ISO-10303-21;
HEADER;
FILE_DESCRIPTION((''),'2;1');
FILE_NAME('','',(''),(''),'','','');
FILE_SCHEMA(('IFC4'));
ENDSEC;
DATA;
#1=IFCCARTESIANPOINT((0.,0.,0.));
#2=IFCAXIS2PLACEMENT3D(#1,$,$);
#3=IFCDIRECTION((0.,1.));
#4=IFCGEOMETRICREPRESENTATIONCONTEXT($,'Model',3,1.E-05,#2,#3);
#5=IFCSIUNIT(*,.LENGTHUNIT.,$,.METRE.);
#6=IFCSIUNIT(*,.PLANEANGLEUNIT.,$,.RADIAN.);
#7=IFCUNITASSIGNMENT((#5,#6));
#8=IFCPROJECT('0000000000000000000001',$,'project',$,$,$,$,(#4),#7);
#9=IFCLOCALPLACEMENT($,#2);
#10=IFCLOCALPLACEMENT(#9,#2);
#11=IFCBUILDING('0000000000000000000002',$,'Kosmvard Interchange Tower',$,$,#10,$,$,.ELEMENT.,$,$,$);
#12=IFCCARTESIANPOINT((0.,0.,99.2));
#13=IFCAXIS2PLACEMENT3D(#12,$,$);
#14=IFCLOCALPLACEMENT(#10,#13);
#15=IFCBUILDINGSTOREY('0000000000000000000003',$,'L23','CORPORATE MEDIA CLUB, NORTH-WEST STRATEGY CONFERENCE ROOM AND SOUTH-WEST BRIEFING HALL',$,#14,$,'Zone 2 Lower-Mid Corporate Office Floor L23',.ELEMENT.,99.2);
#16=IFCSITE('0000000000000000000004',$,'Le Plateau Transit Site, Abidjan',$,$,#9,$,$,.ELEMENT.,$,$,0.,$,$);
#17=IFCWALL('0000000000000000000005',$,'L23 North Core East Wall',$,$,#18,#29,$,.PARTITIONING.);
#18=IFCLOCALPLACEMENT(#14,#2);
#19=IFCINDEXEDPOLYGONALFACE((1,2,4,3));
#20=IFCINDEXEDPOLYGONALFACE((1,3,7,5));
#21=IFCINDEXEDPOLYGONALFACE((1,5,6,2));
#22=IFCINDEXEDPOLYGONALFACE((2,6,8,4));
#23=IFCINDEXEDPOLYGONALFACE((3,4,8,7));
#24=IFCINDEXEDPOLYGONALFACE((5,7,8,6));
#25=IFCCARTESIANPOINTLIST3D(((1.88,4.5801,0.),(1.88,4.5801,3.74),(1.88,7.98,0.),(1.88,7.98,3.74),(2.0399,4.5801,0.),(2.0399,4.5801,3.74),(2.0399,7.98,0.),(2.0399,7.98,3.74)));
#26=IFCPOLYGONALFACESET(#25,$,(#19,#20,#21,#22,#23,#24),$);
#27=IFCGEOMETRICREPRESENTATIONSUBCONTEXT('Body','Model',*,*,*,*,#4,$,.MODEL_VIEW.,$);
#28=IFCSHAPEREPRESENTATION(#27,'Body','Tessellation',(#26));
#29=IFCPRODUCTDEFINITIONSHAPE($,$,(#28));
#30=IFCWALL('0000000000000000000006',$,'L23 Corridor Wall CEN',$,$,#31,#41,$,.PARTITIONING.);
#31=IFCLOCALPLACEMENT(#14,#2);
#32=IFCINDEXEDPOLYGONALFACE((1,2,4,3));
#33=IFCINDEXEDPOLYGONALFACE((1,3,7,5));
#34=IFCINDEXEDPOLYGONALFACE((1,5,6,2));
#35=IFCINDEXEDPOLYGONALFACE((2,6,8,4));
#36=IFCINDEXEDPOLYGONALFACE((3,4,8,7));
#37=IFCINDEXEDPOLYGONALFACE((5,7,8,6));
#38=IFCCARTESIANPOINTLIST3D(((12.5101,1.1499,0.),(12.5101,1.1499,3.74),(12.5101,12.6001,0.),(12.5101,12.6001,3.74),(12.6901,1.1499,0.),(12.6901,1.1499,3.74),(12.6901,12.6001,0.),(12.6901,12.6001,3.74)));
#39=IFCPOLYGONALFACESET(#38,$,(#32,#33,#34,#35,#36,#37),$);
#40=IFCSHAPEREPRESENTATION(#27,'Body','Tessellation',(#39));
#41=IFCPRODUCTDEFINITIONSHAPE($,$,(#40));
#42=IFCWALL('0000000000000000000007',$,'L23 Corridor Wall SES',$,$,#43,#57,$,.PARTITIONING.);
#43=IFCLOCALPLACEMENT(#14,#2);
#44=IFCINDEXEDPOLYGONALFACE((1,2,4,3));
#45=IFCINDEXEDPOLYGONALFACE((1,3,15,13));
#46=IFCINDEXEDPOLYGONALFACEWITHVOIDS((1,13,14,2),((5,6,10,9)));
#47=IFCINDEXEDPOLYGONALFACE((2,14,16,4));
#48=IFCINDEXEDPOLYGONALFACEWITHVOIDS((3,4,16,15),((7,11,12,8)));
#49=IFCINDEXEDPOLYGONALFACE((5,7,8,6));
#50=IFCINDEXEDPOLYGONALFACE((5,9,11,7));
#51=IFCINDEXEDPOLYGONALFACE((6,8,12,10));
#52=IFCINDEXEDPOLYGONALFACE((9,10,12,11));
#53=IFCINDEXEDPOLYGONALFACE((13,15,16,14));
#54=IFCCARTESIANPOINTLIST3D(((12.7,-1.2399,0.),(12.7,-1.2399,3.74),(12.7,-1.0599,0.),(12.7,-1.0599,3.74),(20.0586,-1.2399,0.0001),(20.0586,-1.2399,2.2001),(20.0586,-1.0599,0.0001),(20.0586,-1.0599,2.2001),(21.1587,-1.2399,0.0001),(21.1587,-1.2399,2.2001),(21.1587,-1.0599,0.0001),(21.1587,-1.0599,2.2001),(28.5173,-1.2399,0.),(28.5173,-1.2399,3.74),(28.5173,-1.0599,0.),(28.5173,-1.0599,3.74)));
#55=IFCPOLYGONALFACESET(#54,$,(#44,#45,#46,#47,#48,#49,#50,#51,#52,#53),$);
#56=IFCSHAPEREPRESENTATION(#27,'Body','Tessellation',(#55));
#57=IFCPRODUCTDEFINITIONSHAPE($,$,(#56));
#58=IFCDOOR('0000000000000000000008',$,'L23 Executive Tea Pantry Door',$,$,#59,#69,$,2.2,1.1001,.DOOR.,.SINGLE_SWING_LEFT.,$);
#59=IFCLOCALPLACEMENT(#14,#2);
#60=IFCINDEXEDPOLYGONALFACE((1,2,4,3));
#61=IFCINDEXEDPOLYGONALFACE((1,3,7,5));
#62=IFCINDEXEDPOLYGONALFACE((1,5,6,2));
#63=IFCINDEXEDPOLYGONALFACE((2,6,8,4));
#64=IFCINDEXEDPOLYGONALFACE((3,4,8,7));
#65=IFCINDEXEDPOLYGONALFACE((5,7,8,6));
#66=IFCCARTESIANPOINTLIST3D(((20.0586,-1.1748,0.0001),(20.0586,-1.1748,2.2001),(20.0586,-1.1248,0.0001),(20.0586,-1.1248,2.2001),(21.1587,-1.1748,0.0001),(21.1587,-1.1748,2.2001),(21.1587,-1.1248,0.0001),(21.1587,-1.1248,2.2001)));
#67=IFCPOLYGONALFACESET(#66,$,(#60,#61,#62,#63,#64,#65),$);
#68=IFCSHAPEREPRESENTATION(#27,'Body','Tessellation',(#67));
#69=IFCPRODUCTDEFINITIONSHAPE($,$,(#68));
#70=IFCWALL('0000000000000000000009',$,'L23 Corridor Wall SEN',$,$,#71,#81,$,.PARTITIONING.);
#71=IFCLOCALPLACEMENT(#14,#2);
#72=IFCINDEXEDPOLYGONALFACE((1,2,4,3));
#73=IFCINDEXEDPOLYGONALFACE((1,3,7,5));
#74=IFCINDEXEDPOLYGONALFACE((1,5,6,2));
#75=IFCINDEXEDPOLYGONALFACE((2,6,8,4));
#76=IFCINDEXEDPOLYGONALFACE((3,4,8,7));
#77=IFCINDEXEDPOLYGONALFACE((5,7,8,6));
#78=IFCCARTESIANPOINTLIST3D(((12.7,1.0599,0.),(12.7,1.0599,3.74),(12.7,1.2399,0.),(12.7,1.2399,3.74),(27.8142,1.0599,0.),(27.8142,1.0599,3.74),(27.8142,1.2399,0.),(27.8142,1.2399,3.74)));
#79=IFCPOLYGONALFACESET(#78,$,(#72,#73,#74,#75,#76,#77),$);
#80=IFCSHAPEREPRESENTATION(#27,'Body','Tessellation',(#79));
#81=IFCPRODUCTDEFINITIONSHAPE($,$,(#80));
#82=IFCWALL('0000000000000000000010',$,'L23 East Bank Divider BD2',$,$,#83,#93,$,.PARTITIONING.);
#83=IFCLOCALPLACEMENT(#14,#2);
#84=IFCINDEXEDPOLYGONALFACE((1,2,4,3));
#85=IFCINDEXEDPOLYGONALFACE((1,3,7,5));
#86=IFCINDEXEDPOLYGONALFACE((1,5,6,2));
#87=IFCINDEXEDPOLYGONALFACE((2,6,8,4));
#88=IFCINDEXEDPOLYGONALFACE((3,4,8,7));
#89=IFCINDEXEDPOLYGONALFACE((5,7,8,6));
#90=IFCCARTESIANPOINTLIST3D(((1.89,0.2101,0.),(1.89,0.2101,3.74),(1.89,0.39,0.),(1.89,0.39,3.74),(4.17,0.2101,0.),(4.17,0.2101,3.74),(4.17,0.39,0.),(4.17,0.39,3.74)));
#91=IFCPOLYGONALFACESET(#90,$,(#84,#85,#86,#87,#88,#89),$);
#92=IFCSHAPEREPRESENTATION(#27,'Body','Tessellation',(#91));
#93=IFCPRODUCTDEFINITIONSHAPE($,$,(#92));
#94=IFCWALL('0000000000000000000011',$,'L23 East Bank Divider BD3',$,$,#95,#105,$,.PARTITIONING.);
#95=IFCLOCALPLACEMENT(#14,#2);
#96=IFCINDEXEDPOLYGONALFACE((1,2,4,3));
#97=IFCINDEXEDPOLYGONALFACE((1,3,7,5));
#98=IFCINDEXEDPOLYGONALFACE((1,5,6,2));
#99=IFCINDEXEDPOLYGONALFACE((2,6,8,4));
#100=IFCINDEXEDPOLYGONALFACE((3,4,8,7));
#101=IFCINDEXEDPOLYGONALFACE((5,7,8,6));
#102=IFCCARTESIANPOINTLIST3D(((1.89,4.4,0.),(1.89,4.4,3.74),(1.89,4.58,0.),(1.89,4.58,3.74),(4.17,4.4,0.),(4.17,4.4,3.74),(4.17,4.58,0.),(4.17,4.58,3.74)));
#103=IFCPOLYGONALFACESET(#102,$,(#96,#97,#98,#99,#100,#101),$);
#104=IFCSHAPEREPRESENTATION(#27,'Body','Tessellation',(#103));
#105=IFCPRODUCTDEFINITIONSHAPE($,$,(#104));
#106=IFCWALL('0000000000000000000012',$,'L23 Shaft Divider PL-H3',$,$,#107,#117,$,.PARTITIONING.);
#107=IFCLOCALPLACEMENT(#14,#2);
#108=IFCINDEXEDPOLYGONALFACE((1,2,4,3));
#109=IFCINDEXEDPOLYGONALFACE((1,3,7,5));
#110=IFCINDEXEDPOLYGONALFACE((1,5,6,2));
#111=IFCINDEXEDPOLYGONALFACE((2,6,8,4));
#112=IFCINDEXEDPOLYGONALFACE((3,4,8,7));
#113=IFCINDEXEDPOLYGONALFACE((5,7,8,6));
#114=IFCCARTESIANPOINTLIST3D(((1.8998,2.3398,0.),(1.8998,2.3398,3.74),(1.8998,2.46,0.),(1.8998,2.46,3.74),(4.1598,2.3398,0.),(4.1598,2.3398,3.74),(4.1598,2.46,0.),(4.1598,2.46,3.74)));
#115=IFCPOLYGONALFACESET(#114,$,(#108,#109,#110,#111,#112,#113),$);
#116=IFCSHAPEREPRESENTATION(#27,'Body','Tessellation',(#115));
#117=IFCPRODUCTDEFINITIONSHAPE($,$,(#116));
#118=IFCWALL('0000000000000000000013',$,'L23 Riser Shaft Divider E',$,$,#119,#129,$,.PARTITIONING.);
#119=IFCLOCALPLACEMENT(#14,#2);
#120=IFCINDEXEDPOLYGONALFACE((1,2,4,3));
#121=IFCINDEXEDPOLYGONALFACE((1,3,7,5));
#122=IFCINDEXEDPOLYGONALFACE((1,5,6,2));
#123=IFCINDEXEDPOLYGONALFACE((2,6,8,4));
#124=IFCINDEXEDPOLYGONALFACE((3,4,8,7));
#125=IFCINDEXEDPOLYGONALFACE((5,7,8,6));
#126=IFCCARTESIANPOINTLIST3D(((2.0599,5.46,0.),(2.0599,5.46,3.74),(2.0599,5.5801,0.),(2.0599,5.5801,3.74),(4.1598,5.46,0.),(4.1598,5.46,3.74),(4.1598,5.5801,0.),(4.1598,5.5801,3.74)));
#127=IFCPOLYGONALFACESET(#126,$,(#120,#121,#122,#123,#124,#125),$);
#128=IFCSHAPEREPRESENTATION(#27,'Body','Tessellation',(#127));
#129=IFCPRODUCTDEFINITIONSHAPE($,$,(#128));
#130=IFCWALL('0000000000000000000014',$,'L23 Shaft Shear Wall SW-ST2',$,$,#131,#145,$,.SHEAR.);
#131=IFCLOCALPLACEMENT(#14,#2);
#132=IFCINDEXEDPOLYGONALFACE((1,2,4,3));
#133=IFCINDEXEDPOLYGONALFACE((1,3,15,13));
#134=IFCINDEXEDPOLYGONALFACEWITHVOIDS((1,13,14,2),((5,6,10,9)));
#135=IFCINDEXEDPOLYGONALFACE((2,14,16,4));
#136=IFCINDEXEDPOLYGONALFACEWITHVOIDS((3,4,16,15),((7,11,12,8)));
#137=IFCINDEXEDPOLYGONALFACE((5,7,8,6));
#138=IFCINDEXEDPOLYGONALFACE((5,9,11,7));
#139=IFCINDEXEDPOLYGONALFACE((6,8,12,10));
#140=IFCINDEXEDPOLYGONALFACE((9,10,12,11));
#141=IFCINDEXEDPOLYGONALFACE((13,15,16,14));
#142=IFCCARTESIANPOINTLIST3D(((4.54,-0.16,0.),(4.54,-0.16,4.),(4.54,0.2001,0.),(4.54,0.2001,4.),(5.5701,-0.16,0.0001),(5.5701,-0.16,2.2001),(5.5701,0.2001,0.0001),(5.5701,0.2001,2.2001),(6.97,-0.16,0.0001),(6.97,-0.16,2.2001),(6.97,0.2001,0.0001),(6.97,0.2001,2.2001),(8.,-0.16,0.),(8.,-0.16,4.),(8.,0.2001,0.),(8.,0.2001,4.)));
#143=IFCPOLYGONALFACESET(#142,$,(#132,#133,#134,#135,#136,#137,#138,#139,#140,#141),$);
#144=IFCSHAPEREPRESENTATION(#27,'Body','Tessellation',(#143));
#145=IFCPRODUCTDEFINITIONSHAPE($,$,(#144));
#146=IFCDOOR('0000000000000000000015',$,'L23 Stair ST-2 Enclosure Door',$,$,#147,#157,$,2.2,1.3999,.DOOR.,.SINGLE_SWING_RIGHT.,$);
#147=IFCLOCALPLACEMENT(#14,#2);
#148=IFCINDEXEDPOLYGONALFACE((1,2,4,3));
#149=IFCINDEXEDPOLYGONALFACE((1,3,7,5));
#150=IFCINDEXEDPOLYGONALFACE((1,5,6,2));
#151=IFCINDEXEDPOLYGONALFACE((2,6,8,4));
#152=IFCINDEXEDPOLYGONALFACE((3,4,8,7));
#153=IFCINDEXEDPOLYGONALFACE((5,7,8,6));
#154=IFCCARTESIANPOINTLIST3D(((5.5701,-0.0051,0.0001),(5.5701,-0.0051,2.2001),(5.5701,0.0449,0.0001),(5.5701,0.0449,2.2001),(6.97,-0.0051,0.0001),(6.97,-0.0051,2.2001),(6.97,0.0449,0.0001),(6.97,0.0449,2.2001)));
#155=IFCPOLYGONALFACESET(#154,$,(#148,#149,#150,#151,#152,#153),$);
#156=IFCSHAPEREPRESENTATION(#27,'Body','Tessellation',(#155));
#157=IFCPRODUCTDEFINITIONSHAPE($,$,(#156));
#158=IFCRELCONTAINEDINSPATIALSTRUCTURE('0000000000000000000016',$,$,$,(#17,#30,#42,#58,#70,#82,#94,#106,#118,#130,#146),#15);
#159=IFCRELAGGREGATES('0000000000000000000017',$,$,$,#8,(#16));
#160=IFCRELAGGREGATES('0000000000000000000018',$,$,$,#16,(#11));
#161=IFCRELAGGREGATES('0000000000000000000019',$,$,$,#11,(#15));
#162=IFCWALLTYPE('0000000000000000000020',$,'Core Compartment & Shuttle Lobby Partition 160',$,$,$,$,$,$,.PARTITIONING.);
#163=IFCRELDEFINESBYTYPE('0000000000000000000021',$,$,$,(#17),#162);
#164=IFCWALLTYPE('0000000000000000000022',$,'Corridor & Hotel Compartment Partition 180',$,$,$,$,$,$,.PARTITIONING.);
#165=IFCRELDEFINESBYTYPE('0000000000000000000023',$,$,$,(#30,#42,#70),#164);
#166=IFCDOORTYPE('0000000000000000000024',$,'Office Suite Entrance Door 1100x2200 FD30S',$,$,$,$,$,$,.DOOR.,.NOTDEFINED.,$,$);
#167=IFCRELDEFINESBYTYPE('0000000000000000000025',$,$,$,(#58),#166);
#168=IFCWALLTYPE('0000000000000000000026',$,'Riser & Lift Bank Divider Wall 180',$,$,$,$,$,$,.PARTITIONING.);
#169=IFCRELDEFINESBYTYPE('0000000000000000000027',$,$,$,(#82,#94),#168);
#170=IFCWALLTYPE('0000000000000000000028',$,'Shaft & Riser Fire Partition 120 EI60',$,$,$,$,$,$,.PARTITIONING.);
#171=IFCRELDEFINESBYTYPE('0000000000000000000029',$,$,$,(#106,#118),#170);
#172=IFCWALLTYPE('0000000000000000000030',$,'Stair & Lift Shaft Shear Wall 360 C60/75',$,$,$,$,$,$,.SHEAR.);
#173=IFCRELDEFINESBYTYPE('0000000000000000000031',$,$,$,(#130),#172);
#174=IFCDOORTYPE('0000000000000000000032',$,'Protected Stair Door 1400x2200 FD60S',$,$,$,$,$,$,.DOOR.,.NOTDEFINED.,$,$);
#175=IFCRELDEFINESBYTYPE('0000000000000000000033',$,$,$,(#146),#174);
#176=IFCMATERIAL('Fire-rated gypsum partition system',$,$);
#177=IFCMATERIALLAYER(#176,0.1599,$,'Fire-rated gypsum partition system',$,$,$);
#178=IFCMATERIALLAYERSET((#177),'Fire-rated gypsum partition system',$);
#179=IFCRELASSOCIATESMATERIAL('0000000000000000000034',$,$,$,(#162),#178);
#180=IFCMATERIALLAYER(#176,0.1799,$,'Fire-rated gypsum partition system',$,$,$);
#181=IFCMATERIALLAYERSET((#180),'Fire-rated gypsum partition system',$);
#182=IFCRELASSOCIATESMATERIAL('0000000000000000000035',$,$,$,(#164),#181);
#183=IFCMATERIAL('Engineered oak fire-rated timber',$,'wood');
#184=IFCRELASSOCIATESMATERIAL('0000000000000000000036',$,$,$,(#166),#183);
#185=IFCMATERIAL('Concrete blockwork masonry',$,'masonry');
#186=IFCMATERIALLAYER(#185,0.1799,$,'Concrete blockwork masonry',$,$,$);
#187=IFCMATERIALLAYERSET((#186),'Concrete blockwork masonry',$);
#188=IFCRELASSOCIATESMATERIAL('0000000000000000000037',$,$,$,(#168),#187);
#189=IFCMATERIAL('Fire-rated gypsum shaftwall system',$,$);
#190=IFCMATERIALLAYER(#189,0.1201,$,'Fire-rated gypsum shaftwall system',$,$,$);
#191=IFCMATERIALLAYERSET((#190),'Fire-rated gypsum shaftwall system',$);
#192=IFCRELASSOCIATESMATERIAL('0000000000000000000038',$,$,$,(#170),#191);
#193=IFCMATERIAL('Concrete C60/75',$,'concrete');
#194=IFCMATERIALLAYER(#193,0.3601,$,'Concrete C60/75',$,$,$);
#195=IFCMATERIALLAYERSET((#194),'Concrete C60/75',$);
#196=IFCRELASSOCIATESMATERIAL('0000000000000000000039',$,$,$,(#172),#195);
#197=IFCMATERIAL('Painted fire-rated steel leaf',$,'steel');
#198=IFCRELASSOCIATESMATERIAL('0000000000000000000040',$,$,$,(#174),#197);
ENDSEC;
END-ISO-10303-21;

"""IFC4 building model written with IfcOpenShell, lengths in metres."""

from ifc_helpers import new_model, si_unit, direction, frame, frame_2d, origin, place, context, subcontext, project, spatial, rectangle, extrude, source, transform, mapped, material, layer, layer_set, type_object, element, fill, save


model = new_model("IFC4")

# Units and contexts
model_context = context("Model", 3, precision=1e-05, world=origin(), true_north=direction((0.0, 1.0)))
body_context = subcontext(model_context, "Body", "Model", "MODEL_VIEW")
ifc_project = project(units=[si_unit("LENGTHUNIT", "METRE"), si_unit("PLANEANGLEUNIT", "RADIAN")], contexts=[model_context])

# Site, building, storey
site_placement = place(None, origin())
site = spatial("IfcSite", under=ifc_project, at=site_placement, Name="Le Plateau Transit Site, Abidjan", CompositionType="ELEMENT", RefElevation=0.0)
building_placement = place(site_placement, origin())
building = spatial("IfcBuilding", under=site, at=building_placement, Name="Kosmvard Interchange Tower", CompositionType="ELEMENT")
storey_placement = place(building_placement, frame((0.0, 0.0, 99.2)))
storey = spatial("IfcBuildingStorey", under=building, at=storey_placement, Name="L23", Description="CORPORATE MEDIA CLUB, NORTH-WEST STRATEGY CONFERENCE ROOM AND SOUTH-WEST BRIEFING HALL", LongName="Zone 2 Lower-Mid Corporate Office Floor L23", CompositionType="ELEMENT", Elevation=99.2)

# Shared definitions
ifc_material_1 = material(Name="Concrete C60/75", Category="concrete")

# Walls
ifc_material_2 = material(Name="Fire-rated gypsum partition system")
ifc_layer_1 = layer(ifc_material_2, 0.1599, Name="Fire-rated gypsum partition system")
ifc_layer_set_1 = layer_set([ifc_layer_1], Name="Fire-rated gypsum partition system")
wall_type_1 = type_object("IfcWallType", Name="Core Compartment & Shuttle Lobby Partition 160", PredefinedType="PARTITIONING", material=ifc_layer_set_1)
wall_1_placement = place(storey_placement, frame((1.96, 4.5801, 0.0), z_axis=(0.0, 0.0, 1.0), x_axis=(0.0, 1.0, 0.0)))
element("IfcWall", 1, at=wall_1_placement, inside=storey, type_object=wall_type_1, Name="L23 North Core East Wall", PredefinedType="PARTITIONING", context=body_context, shape_type="SweptSolid", body=[
    extrude(rectangle(XDim=3.3999, YDim=0.1599, at=frame_2d((1.7, 0.0))), origin(), (0.0, 0.0, 1.0), 3.74),
])
ifc_layer_2 = layer(ifc_material_2, 0.1799, Name="Fire-rated gypsum partition system")
ifc_layer_set_2 = layer_set([ifc_layer_2], Name="Fire-rated gypsum partition system")
wall_type_2 = type_object("IfcWallType", Name="Corridor & Hotel Compartment Partition 180", PredefinedType="PARTITIONING", material=ifc_layer_set_2)
wall_2_placement = place(storey_placement, frame((12.6001, 1.1499, 0.0), z_axis=(0.0, 0.0, 1.0), x_axis=(0.0, 1.0, 0.0)))
element("IfcWall", 2, at=wall_2_placement, inside=storey, type_object=wall_type_2, Name="L23 Corridor Wall CEN", PredefinedType="PARTITIONING", context=body_context, shape_type="SweptSolid", body=[
    extrude(rectangle(XDim=11.4502, YDim=0.1799, at=frame_2d((5.7251, 0.0))), origin(), (0.0, 0.0, 1.0), 3.74),
])

# Wall, opening, door
wall_3_placement = place(storey_placement, frame((12.7, -1.1499, 0.0), z_axis=(0.0, 0.0, 1.0), x_axis=(1.0, 0.0, 0.0)))
wall_3 = element("IfcWall", 3, at=wall_3_placement, inside=storey, type_object=wall_type_2, Name="L23 Corridor Wall SES", PredefinedType="PARTITIONING", context=body_context, shape_type="SweptSolid", body=[
    extrude(rectangle(XDim=15.8174, YDim=0.1799, at=frame_2d((7.9087, 0.0))), origin(), (0.0, 0.0, 1.0), 3.74),
])
opening_1_placement = place(wall_3_placement, frame((7.3586, 0.0, 0.0)))
opening_1 = element("IfcOpeningElement", 4, at=opening_1_placement, cuts=wall_3, PredefinedType="OPENING", context=body_context, shape_type="SweptSolid", body=[
    extrude(rectangle(XDim=1.1001, YDim=2.2, at=frame_2d((0.55, 1.1001))), frame((0.0, 0.1001, 0.0), z_axis=(0.0, -1.0, 0.0), x_axis=(1.0, 0.0, 0.0)), (0.0, 0.0, 1.0), 0.2),
])
ifc_material_3 = material(Name="Engineered oak fire-rated timber", Category="wood")
door_type_1 = type_object("IfcDoorType", Name="Office Suite Entrance Door 1100x2200 FD30S", OperationType="NOTDEFINED", PredefinedType="DOOR", material=ifc_material_3)
shared_shape_1 = source(origin(), body_context, "Body", "SweptSolid", [
    extrude(rectangle(XDim=1.1001, YDim=2.2, at=frame_2d((0.55, 1.1001))), frame((0.0, 0.0249, 0.0), z_axis=(0.0, -1.0, 0.0), x_axis=(1.0, 0.0, 0.0)), (0.0, 0.0, 1.0), 0.05),
])
door_1_placement = place(opening_1_placement, frame((1.1001, 0.0, 0.0), z_axis=(0.0, 0.0, 1.0), x_axis=(-1.0, 0.0, 0.0)))
door_1 = element("IfcDoor", 5, at=door_1_placement, inside=storey, type_object=door_type_1, Name="L23 Executive Tea Pantry Door", OperationType="SINGLE_SWING_LEFT", OverallHeight=2.2, OverallWidth=1.1001, PredefinedType="DOOR", context=body_context, shape_type="MappedRepresentation", body=[
    mapped(shared_shape_1, transform((0.0, 0.0, 0.0), scale=1.0)),
])
fill(opening_1, door_1)

# Walls
wall_4_placement = place(storey_placement, frame((12.7, 1.1499, 0.0), z_axis=(0.0, 0.0, 1.0), x_axis=(1.0, 0.0, 0.0)))
element("IfcWall", 6, at=wall_4_placement, inside=storey, type_object=wall_type_2, Name="L23 Corridor Wall SEN", PredefinedType="PARTITIONING", context=body_context, shape_type="SweptSolid", body=[
    extrude(rectangle(XDim=15.1143, YDim=0.1799, at=frame_2d((7.5571, 0.0))), origin(), (0.0, 0.0, 1.0), 3.74),
])
ifc_material_4 = material(Name="Concrete blockwork masonry", Category="masonry")
ifc_layer_3 = layer(ifc_material_4, 0.1799, Name="Concrete blockwork masonry")
ifc_layer_set_3 = layer_set([ifc_layer_3], Name="Concrete blockwork masonry")
wall_type_3 = type_object("IfcWallType", Name="Riser & Lift Bank Divider Wall 180", PredefinedType="PARTITIONING", material=ifc_layer_set_3)
for number, where, z_axis, x_axis, name in (
    (7, (1.8899, 0.3, 0.0), (0.0, 0.0, 1.0), (1.0, 0.0, 0.0), "L23 East Bank Divider BD2"),
    (8, (1.8899, 4.49, 0.0), (0.0, 0.0, 1.0), (1.0, 0.0, 0.0), "L23 East Bank Divider BD3"),
):
    element("IfcWall", number, at=place(storey_placement, frame(where, z_axis=z_axis, x_axis=x_axis)), inside=storey, type_object=wall_type_3, Name=name, PredefinedType="PARTITIONING", context=body_context, shape_type="SweptSolid", body=[
        extrude(rectangle(XDim=2.28, YDim=0.1799, at=frame_2d((1.1401, 0.0))), origin(), (0.0, 0.0, 1.0), 3.74),
    ])
ifc_material_5 = material(Name="Fire-rated gypsum shaftwall system")
ifc_layer_4 = layer(ifc_material_5, 0.1201, Name="Fire-rated gypsum shaftwall system")
ifc_layer_set_4 = layer_set([ifc_layer_4], Name="Fire-rated gypsum shaftwall system")
wall_type_4 = type_object("IfcWallType", Name="Shaft & Riser Fire Partition 120 EI60", PredefinedType="PARTITIONING", material=ifc_layer_set_4)
wall_5_placement = place(storey_placement, frame((1.8999, 2.3999, 0.0), z_axis=(0.0, 0.0, 1.0), x_axis=(1.0, 0.0, 0.0)))
element("IfcWall", 9, at=wall_5_placement, inside=storey, type_object=wall_type_4, Name="L23 Shaft Divider PL-H3", PredefinedType="PARTITIONING", context=body_context, shape_type="SweptSolid", body=[
    extrude(rectangle(XDim=2.26, YDim=0.1201, at=frame_2d((1.1299, 0.0))), origin(), (0.0, 0.0, 1.0), 3.74),
])
wall_6_placement = place(storey_placement, frame((2.0601, 5.52, 0.0), z_axis=(0.0, 0.0, 1.0), x_axis=(1.0, 0.0, 0.0)))
element("IfcWall", 10, at=wall_6_placement, inside=storey, type_object=wall_type_4, Name="L23 Riser Shaft Divider E", PredefinedType="PARTITIONING", context=body_context, shape_type="SweptSolid", body=[
    extrude(rectangle(XDim=2.0999, YDim=0.1201, at=frame_2d((1.0498, 0.0))), origin(), (0.0, 0.0, 1.0), 3.74),
])

# Wall, opening, door
ifc_layer_5 = layer(ifc_material_1, 0.3601, Name="Concrete C60/75")
ifc_layer_set_5 = layer_set([ifc_layer_5], Name="Concrete C60/75")
wall_type_5 = type_object("IfcWallType", Name="Stair & Lift Shaft Shear Wall 360 C60/75", PredefinedType="SHEAR", material=ifc_layer_set_5)
wall_7_placement = place(storey_placement, frame((4.54, 0.02, 0.0), z_axis=(0.0, 0.0, 1.0), x_axis=(1.0, 0.0, 0.0)))
wall_7 = element("IfcWall", 11, at=wall_7_placement, inside=storey, type_object=wall_type_5, Name="L23 Shaft Shear Wall SW-ST2", PredefinedType="SHEAR", context=body_context, shape_type="SweptSolid", body=[
    extrude(rectangle(XDim=3.46, YDim=0.3601, at=frame_2d((1.73, 0.0))), origin(), (0.0, 0.0, 1.0), 4.0),
])
opening_2_placement = place(wall_7_placement, frame((1.03, 0.0, 0.0)))
opening_2 = element("IfcOpeningElement", 12, at=opening_2_placement, cuts=wall_7, PredefinedType="OPENING", context=body_context, shape_type="SweptSolid", body=[
    extrude(rectangle(XDim=1.3999, YDim=2.2, at=frame_2d((0.7, 1.1001))), frame((0.0, 0.1899, 0.0), z_axis=(0.0, -1.0, 0.0), x_axis=(1.0, 0.0, 0.0)), (0.0, 0.0, 1.0), 0.3801),
])
ifc_material_6 = material(Name="Painted fire-rated steel leaf", Category="steel")
door_type_2 = type_object("IfcDoorType", Name="Protected Stair Door 1400x2200 FD60S", OperationType="NOTDEFINED", PredefinedType="DOOR", material=ifc_material_6)
shared_shape_2 = source(origin(), body_context, "Body", "SweptSolid", [
    extrude(rectangle(XDim=1.3999, YDim=2.2, at=frame_2d((0.7, 1.1001))), frame((0.0, 0.0249, 0.0), z_axis=(0.0, -1.0, 0.0), x_axis=(1.0, 0.0, 0.0)), (0.0, 0.0, 1.0), 0.05),
])
door_2_placement = place(opening_2_placement, origin())
door_2 = element("IfcDoor", 13, at=door_2_placement, inside=storey, type_object=door_type_2, Name="L23 Stair ST-2 Enclosure Door", OperationType="SINGLE_SWING_RIGHT", OverallHeight=2.2, OverallWidth=1.3999, PredefinedType="DOOR", context=body_context, shape_type="MappedRepresentation", body=[
    mapped(shared_shape_2, transform((0.0, 0.0, 0.0), scale=1.0)),
])
fill(opening_2, door_2)

save(model, "model.ifc")
